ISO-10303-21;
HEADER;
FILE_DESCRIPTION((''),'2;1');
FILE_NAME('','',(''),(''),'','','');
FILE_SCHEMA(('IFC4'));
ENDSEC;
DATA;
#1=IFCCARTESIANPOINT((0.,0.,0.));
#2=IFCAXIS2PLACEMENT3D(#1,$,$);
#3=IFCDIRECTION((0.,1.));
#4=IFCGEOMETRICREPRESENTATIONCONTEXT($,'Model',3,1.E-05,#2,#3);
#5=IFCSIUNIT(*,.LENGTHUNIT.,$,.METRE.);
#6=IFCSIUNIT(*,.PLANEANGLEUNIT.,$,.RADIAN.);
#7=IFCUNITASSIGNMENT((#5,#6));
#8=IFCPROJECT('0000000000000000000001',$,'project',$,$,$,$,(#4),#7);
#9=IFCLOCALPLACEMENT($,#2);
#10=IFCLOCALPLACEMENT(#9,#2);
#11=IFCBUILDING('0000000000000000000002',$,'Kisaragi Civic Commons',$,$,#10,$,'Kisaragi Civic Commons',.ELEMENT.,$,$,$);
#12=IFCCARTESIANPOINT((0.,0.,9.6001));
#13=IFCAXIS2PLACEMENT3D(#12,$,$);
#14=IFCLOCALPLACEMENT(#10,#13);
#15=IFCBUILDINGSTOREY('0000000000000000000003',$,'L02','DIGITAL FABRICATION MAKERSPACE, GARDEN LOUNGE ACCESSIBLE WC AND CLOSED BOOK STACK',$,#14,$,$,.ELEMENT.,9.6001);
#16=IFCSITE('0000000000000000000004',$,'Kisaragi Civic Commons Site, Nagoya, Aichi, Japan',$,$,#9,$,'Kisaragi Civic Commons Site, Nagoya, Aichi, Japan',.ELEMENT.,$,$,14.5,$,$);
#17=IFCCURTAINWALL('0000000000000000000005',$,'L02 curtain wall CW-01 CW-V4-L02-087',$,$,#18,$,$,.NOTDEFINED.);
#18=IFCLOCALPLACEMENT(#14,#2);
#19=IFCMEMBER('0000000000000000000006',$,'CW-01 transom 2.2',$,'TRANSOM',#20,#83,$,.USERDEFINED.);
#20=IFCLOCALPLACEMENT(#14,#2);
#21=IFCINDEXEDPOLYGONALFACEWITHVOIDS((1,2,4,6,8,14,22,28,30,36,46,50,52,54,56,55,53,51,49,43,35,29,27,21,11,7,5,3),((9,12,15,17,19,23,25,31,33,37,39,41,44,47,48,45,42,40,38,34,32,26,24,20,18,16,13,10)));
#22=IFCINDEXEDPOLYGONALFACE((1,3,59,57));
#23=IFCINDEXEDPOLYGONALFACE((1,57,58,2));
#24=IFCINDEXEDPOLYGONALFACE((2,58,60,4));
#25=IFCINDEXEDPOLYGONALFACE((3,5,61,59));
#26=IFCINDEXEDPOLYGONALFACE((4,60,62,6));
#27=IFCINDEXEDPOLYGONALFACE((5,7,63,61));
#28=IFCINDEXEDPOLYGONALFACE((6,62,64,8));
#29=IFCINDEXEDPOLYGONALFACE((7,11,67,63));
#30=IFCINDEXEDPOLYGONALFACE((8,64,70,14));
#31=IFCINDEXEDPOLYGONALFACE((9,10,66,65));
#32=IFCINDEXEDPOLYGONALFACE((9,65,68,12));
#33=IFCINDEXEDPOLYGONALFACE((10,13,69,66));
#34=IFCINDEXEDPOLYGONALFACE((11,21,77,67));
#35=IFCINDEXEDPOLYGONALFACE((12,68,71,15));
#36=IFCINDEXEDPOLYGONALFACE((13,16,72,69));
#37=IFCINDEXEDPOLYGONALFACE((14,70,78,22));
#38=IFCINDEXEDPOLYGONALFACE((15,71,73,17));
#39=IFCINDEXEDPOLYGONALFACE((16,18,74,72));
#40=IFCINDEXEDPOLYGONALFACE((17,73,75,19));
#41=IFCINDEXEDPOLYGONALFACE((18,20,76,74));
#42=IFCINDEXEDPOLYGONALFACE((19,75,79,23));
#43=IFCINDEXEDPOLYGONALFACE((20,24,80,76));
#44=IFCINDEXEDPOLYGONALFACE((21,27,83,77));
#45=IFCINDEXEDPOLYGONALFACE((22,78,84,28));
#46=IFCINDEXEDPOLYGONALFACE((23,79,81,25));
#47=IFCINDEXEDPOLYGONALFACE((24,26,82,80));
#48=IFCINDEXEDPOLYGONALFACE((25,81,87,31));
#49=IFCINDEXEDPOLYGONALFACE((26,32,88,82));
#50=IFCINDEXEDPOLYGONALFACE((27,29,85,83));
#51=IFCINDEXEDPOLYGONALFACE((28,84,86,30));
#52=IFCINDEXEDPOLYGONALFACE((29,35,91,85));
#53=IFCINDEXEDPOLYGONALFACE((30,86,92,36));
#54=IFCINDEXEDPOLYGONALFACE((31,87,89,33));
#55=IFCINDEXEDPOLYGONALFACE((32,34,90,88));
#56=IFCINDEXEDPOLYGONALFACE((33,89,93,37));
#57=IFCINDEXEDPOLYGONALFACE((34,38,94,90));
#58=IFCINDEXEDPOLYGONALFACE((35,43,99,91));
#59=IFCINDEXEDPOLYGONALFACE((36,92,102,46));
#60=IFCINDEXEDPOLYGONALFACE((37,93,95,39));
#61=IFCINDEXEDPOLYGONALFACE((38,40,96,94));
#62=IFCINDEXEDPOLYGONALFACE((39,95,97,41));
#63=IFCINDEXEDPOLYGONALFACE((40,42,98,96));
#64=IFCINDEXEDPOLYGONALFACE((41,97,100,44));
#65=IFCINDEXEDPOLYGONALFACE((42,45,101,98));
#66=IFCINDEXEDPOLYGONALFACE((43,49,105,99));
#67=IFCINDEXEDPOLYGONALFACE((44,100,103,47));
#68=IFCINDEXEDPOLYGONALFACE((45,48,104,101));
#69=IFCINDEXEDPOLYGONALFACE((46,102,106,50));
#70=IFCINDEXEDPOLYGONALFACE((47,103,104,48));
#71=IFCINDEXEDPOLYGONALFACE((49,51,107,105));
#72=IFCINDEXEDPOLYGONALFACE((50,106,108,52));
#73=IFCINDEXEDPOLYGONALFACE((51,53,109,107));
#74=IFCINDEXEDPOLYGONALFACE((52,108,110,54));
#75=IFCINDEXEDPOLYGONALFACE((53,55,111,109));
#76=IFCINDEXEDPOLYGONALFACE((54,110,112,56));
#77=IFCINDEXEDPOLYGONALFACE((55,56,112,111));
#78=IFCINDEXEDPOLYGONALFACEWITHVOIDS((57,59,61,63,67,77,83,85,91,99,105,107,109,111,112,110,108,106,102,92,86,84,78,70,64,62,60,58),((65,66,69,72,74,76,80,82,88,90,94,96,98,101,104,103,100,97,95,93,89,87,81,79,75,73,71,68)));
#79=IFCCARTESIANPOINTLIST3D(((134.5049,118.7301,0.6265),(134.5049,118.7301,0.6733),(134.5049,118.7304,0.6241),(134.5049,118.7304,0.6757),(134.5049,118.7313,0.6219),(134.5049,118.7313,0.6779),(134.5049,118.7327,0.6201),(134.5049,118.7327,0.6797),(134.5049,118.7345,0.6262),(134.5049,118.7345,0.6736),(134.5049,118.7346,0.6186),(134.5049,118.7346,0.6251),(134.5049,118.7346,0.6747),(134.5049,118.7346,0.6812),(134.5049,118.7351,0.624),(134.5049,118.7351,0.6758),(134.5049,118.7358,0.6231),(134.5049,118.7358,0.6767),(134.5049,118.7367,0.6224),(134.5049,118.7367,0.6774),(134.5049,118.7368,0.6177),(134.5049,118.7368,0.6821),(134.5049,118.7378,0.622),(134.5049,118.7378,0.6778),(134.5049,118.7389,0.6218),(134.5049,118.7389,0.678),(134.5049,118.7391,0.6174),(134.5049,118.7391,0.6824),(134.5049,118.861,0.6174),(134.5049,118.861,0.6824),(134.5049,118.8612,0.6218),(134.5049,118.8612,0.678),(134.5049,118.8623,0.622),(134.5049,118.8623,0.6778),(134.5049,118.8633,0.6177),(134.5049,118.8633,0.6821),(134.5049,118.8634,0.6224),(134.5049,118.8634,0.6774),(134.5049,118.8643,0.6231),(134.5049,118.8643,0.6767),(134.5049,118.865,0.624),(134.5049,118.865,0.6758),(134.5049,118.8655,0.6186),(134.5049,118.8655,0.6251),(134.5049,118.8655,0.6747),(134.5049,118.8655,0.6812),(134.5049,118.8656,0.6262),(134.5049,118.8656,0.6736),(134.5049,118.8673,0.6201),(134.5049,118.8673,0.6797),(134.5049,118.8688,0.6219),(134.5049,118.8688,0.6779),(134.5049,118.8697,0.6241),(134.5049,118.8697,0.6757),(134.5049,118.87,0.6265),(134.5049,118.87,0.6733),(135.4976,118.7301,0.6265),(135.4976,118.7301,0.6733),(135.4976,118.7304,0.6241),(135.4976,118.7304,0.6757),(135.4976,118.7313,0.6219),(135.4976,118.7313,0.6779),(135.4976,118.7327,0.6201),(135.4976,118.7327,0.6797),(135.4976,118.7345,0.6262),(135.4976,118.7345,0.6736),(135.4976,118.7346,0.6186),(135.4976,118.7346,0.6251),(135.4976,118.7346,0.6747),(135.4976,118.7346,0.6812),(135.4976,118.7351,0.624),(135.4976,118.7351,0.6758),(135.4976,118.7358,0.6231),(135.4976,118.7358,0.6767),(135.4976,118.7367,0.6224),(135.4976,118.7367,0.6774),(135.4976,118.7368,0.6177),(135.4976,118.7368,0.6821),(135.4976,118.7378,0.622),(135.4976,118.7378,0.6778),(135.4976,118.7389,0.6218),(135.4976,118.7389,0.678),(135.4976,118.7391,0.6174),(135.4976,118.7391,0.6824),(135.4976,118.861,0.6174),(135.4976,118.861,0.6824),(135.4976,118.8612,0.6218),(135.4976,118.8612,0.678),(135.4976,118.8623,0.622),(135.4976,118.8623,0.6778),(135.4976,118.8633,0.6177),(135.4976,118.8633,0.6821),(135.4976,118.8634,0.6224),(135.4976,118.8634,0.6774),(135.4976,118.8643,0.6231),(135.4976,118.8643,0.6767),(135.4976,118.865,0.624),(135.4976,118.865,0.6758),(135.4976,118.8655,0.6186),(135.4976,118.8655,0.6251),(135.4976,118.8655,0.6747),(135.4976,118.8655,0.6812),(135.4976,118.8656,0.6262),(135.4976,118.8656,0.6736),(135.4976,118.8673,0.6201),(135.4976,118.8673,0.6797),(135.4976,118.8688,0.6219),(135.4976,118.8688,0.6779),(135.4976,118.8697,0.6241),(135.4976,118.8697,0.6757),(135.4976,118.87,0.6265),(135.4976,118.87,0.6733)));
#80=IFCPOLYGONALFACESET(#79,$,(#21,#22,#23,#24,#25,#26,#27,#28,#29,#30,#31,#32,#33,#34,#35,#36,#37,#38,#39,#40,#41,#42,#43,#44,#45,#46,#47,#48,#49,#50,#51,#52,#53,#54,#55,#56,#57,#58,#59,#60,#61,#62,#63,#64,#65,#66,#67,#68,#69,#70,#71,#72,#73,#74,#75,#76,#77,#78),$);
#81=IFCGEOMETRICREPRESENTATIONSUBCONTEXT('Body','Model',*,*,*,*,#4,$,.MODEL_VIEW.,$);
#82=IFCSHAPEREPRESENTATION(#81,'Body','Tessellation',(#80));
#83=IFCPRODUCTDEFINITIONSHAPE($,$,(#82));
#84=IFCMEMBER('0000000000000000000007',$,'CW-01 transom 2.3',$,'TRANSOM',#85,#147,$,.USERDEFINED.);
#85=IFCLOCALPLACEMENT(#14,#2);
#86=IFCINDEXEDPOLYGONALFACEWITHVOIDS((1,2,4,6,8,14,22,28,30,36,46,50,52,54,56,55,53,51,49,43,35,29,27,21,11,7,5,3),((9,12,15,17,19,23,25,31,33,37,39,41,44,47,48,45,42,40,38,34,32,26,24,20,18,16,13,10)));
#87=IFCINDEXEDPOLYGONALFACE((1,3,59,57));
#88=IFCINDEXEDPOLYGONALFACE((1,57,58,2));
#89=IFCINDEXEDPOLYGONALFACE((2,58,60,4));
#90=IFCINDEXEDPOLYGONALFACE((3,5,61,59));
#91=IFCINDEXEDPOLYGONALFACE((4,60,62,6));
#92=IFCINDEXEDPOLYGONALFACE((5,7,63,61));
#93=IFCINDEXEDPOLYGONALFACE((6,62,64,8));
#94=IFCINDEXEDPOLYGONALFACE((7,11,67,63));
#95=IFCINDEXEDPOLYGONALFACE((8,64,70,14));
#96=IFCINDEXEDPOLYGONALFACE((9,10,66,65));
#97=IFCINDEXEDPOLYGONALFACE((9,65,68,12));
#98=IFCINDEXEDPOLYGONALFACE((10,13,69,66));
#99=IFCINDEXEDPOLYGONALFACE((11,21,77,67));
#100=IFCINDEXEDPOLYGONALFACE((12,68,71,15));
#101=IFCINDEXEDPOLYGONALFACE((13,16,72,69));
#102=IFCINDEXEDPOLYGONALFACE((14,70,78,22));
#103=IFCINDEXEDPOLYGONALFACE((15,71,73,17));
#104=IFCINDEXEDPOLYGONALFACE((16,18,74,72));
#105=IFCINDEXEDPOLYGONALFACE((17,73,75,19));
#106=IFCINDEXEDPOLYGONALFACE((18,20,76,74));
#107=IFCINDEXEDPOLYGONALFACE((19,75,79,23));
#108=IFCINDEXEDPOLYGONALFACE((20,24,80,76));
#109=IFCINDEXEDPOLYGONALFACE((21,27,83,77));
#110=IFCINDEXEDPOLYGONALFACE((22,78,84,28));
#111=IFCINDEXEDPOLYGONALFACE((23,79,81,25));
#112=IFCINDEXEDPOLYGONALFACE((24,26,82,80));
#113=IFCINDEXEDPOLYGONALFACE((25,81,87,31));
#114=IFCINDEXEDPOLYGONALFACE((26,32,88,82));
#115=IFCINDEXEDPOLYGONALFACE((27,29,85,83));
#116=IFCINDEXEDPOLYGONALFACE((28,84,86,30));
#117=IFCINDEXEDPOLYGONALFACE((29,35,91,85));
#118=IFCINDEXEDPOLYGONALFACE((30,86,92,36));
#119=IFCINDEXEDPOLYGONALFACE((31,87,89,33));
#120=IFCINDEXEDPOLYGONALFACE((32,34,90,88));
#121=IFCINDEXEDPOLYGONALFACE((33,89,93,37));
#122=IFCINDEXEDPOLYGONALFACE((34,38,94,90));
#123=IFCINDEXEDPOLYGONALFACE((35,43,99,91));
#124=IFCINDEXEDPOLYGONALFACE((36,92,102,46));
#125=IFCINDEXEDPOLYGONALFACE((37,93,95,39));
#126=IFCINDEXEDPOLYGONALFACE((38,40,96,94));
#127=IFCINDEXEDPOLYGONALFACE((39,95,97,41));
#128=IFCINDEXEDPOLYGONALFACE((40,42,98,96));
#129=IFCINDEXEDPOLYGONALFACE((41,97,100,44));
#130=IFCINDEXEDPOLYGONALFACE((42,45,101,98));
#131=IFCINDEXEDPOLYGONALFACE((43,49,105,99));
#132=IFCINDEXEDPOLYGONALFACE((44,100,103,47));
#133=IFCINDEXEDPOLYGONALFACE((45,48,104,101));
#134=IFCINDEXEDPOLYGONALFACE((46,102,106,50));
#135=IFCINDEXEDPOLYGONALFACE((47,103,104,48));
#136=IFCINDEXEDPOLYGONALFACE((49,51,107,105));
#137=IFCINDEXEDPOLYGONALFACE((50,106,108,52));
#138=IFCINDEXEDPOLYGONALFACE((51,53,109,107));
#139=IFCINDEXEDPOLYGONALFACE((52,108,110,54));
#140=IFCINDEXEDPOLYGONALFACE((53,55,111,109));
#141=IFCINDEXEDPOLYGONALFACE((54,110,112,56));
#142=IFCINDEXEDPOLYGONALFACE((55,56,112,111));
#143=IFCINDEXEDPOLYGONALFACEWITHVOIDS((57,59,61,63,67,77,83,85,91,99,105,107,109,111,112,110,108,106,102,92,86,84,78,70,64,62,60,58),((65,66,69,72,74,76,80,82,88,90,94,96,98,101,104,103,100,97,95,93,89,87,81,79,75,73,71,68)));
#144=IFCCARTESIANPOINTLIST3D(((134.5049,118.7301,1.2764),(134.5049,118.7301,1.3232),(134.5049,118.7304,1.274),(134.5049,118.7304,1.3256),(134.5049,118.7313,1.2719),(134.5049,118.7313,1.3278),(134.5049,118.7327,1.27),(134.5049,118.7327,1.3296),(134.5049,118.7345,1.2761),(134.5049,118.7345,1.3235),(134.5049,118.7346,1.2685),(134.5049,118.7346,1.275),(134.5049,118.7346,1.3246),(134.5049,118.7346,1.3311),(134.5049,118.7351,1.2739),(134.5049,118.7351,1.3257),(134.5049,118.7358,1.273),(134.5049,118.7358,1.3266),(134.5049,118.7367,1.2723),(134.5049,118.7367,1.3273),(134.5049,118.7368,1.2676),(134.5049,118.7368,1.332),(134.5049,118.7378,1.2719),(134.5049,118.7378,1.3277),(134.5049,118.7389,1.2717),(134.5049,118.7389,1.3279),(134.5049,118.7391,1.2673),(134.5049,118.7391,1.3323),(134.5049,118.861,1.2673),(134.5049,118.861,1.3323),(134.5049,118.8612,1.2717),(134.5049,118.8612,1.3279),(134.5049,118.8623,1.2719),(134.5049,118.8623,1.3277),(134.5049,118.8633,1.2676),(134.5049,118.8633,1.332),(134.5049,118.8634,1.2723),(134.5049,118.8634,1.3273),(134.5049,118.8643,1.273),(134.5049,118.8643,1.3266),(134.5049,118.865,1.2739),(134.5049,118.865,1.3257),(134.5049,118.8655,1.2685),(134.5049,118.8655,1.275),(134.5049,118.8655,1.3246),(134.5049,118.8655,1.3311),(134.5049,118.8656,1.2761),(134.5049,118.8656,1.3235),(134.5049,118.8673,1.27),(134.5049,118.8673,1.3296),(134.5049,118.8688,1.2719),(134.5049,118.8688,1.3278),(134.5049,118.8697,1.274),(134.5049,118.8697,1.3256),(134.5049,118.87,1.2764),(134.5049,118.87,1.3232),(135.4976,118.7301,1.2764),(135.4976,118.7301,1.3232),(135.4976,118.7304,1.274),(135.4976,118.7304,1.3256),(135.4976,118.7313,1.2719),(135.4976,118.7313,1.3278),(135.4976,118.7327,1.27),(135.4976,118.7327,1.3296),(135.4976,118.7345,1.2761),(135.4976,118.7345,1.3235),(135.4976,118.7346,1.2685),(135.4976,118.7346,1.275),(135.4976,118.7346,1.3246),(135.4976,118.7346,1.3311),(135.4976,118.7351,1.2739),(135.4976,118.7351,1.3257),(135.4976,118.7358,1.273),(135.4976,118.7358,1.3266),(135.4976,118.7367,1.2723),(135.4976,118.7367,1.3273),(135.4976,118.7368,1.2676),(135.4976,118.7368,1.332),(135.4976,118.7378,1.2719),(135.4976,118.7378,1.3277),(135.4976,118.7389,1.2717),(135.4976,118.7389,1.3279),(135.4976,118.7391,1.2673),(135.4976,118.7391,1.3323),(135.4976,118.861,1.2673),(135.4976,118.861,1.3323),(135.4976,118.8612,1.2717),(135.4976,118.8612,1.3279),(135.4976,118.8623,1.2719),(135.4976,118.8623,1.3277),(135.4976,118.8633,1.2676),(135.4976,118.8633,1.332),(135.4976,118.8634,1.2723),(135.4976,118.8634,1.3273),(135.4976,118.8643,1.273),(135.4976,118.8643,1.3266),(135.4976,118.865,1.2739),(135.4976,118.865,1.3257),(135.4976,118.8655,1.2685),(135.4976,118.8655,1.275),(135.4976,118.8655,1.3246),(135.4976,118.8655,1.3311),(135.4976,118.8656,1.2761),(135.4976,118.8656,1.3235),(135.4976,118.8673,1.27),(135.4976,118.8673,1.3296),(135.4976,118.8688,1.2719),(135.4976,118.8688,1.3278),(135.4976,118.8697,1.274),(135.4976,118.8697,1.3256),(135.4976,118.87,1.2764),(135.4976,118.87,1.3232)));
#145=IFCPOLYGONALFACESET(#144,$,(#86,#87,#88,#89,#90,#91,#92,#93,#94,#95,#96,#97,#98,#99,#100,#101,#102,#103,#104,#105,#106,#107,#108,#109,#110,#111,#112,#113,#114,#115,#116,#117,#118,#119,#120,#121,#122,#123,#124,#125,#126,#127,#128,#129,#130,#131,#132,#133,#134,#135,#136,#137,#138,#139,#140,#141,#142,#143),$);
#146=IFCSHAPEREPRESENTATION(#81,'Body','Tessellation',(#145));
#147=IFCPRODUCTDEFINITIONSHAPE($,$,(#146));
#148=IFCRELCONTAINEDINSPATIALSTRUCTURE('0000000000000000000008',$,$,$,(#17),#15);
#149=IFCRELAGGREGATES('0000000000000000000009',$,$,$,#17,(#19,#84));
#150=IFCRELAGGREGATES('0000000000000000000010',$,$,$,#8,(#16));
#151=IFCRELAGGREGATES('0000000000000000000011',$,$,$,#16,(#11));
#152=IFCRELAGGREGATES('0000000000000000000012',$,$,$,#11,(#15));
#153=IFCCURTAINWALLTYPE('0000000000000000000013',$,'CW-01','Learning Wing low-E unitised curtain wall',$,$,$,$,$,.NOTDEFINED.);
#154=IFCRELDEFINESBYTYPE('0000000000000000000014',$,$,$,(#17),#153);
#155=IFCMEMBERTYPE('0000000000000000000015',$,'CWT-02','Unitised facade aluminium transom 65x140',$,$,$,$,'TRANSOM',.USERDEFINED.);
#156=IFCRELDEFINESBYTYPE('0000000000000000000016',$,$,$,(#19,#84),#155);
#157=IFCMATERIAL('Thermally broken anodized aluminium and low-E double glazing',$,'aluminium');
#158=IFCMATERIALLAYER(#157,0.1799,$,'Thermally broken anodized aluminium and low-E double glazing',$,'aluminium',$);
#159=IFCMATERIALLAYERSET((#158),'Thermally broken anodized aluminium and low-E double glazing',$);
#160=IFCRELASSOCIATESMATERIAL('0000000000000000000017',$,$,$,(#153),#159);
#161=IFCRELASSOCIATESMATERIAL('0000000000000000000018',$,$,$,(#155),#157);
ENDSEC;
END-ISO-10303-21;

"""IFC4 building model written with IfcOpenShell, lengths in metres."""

from ifc_helpers import new_model, si_unit, direction, frame, origin, origin_2d, place, context, subcontext, project, spatial, hollow_rectangle, extrude, material, layer, layer_set, material_profile, profile_set, type_object, element, aggregate, save


model = new_model("IFC4")

# Units and contexts
model_context = context("Model", 3, precision=1e-05, world=origin(), true_north=direction((0.0, 1.0)))
body_context = subcontext(model_context, "Body", "Model", "MODEL_VIEW")
ifc_project = project(units=[si_unit("LENGTHUNIT", "METRE"), si_unit("PLANEANGLEUNIT", "RADIAN")], contexts=[model_context])

# Site, building, storey
site_placement = place(None, origin())
site = spatial("IfcSite", under=ifc_project, at=site_placement, Name="Kisaragi Civic Commons Site, Nagoya, Aichi, Japan", LongName="Kisaragi Civic Commons Site, Nagoya, Aichi, Japan", CompositionType="ELEMENT", RefElevation=14.5)
building_placement = place(site_placement, origin())
building = spatial("IfcBuilding", under=site, at=building_placement, Name="Kisaragi Civic Commons", LongName="Kisaragi Civic Commons", CompositionType="ELEMENT")
storey_placement = place(building_placement, frame((0.0, 0.0, 9.6001)))
storey = spatial("IfcBuildingStorey", under=building, at=storey_placement, Name="L02", Description="DIGITAL FABRICATION MAKERSPACE, GARDEN LOUNGE ACCESSIBLE WC AND CLOSED BOOK STACK", CompositionType="ELEMENT", Elevation=9.6001)

# Curtain wall, members
ifc_material_1 = material(Name="Thermally broken anodized aluminium and low-E double glazing", Category="aluminium")
ifc_layer_1 = layer(ifc_material_1, 0.1799, Name="Thermally broken anodized aluminium and low-E double glazing", Category="aluminium")
ifc_layer_set_1 = layer_set([ifc_layer_1], Name="Thermally broken anodized aluminium and low-E double glazing")
curtain_wall_type = type_object("IfcCurtainWallType", Name="CW-01", Description="Learning Wing low-E unitised curtain wall", PredefinedType="NOTDEFINED", material=ifc_layer_set_1)
curtain_wall_placement = place(storey_placement, origin())
curtain_wall = element("IfcCurtainWall", 1, at=curtain_wall_placement, inside=storey, type_object=curtain_wall_type, Name="L02 curtain wall CW-01 CW-V4-L02-087", PredefinedType="NOTDEFINED")
ifc_material_profile_1 = material_profile(ifc_material_1, hollow_rectangle(XDim=0.1399, YDim=0.0649, WallThickness=0.0044, InnerFilletRadius=0.0044, OuterFilletRadius=0.009, at=origin_2d()), Name="CWT-65x140x4.5", Category="aluminium")
ifc_profile_set_1 = profile_set([ifc_material_profile_1], Name="Thermally broken anodized aluminium and low-E double glazing")
member_type_1 = type_object("IfcMemberType", Name="CWT-02", Description="Unitised facade aluminium transom 65x140", ElementType="TRANSOM", PredefinedType="USERDEFINED", material=ifc_profile_set_1)
member_1_placement = place(storey_placement, frame((134.5049, 118.8, 0.6499), z_axis=(1.0, 0.0, 0.0), x_axis=(0.0, 1.0, 0.0)))
member_1 = element("IfcMember", 2, at=member_1_placement, type_object=member_type_1, Name="CW-01 transom 2.2", ObjectType="TRANSOM", PredefinedType="USERDEFINED", context=body_context, shape_type="SweptSolid", body=[
    extrude(hollow_rectangle(XDim=0.1399, YDim=0.0649, WallThickness=0.0044, InnerFilletRadius=0.0044, OuterFilletRadius=0.009, at=origin_2d()), origin(), (0.0, 0.0, 1.0), 0.9927),
])
member_2_placement = place(storey_placement, frame((134.5049, 118.8, 1.2998), z_axis=(1.0, 0.0, 0.0), x_axis=(0.0, 1.0, 0.0)))
member_2 = element("IfcMember", 3, at=member_2_placement, type_object=member_type_1, Name="CW-01 transom 2.3", ObjectType="TRANSOM", PredefinedType="USERDEFINED", context=body_context, shape_type="SweptSolid", body=[
    extrude(hollow_rectangle(XDim=0.1399, YDim=0.0649, WallThickness=0.0044, InnerFilletRadius=0.0044, OuterFilletRadius=0.009, at=origin_2d()), origin(), (0.0, 0.0, 1.0), 0.9927),
])
aggregate(curtain_wall, [member_1, member_2])

save(model, "model.ifc")
